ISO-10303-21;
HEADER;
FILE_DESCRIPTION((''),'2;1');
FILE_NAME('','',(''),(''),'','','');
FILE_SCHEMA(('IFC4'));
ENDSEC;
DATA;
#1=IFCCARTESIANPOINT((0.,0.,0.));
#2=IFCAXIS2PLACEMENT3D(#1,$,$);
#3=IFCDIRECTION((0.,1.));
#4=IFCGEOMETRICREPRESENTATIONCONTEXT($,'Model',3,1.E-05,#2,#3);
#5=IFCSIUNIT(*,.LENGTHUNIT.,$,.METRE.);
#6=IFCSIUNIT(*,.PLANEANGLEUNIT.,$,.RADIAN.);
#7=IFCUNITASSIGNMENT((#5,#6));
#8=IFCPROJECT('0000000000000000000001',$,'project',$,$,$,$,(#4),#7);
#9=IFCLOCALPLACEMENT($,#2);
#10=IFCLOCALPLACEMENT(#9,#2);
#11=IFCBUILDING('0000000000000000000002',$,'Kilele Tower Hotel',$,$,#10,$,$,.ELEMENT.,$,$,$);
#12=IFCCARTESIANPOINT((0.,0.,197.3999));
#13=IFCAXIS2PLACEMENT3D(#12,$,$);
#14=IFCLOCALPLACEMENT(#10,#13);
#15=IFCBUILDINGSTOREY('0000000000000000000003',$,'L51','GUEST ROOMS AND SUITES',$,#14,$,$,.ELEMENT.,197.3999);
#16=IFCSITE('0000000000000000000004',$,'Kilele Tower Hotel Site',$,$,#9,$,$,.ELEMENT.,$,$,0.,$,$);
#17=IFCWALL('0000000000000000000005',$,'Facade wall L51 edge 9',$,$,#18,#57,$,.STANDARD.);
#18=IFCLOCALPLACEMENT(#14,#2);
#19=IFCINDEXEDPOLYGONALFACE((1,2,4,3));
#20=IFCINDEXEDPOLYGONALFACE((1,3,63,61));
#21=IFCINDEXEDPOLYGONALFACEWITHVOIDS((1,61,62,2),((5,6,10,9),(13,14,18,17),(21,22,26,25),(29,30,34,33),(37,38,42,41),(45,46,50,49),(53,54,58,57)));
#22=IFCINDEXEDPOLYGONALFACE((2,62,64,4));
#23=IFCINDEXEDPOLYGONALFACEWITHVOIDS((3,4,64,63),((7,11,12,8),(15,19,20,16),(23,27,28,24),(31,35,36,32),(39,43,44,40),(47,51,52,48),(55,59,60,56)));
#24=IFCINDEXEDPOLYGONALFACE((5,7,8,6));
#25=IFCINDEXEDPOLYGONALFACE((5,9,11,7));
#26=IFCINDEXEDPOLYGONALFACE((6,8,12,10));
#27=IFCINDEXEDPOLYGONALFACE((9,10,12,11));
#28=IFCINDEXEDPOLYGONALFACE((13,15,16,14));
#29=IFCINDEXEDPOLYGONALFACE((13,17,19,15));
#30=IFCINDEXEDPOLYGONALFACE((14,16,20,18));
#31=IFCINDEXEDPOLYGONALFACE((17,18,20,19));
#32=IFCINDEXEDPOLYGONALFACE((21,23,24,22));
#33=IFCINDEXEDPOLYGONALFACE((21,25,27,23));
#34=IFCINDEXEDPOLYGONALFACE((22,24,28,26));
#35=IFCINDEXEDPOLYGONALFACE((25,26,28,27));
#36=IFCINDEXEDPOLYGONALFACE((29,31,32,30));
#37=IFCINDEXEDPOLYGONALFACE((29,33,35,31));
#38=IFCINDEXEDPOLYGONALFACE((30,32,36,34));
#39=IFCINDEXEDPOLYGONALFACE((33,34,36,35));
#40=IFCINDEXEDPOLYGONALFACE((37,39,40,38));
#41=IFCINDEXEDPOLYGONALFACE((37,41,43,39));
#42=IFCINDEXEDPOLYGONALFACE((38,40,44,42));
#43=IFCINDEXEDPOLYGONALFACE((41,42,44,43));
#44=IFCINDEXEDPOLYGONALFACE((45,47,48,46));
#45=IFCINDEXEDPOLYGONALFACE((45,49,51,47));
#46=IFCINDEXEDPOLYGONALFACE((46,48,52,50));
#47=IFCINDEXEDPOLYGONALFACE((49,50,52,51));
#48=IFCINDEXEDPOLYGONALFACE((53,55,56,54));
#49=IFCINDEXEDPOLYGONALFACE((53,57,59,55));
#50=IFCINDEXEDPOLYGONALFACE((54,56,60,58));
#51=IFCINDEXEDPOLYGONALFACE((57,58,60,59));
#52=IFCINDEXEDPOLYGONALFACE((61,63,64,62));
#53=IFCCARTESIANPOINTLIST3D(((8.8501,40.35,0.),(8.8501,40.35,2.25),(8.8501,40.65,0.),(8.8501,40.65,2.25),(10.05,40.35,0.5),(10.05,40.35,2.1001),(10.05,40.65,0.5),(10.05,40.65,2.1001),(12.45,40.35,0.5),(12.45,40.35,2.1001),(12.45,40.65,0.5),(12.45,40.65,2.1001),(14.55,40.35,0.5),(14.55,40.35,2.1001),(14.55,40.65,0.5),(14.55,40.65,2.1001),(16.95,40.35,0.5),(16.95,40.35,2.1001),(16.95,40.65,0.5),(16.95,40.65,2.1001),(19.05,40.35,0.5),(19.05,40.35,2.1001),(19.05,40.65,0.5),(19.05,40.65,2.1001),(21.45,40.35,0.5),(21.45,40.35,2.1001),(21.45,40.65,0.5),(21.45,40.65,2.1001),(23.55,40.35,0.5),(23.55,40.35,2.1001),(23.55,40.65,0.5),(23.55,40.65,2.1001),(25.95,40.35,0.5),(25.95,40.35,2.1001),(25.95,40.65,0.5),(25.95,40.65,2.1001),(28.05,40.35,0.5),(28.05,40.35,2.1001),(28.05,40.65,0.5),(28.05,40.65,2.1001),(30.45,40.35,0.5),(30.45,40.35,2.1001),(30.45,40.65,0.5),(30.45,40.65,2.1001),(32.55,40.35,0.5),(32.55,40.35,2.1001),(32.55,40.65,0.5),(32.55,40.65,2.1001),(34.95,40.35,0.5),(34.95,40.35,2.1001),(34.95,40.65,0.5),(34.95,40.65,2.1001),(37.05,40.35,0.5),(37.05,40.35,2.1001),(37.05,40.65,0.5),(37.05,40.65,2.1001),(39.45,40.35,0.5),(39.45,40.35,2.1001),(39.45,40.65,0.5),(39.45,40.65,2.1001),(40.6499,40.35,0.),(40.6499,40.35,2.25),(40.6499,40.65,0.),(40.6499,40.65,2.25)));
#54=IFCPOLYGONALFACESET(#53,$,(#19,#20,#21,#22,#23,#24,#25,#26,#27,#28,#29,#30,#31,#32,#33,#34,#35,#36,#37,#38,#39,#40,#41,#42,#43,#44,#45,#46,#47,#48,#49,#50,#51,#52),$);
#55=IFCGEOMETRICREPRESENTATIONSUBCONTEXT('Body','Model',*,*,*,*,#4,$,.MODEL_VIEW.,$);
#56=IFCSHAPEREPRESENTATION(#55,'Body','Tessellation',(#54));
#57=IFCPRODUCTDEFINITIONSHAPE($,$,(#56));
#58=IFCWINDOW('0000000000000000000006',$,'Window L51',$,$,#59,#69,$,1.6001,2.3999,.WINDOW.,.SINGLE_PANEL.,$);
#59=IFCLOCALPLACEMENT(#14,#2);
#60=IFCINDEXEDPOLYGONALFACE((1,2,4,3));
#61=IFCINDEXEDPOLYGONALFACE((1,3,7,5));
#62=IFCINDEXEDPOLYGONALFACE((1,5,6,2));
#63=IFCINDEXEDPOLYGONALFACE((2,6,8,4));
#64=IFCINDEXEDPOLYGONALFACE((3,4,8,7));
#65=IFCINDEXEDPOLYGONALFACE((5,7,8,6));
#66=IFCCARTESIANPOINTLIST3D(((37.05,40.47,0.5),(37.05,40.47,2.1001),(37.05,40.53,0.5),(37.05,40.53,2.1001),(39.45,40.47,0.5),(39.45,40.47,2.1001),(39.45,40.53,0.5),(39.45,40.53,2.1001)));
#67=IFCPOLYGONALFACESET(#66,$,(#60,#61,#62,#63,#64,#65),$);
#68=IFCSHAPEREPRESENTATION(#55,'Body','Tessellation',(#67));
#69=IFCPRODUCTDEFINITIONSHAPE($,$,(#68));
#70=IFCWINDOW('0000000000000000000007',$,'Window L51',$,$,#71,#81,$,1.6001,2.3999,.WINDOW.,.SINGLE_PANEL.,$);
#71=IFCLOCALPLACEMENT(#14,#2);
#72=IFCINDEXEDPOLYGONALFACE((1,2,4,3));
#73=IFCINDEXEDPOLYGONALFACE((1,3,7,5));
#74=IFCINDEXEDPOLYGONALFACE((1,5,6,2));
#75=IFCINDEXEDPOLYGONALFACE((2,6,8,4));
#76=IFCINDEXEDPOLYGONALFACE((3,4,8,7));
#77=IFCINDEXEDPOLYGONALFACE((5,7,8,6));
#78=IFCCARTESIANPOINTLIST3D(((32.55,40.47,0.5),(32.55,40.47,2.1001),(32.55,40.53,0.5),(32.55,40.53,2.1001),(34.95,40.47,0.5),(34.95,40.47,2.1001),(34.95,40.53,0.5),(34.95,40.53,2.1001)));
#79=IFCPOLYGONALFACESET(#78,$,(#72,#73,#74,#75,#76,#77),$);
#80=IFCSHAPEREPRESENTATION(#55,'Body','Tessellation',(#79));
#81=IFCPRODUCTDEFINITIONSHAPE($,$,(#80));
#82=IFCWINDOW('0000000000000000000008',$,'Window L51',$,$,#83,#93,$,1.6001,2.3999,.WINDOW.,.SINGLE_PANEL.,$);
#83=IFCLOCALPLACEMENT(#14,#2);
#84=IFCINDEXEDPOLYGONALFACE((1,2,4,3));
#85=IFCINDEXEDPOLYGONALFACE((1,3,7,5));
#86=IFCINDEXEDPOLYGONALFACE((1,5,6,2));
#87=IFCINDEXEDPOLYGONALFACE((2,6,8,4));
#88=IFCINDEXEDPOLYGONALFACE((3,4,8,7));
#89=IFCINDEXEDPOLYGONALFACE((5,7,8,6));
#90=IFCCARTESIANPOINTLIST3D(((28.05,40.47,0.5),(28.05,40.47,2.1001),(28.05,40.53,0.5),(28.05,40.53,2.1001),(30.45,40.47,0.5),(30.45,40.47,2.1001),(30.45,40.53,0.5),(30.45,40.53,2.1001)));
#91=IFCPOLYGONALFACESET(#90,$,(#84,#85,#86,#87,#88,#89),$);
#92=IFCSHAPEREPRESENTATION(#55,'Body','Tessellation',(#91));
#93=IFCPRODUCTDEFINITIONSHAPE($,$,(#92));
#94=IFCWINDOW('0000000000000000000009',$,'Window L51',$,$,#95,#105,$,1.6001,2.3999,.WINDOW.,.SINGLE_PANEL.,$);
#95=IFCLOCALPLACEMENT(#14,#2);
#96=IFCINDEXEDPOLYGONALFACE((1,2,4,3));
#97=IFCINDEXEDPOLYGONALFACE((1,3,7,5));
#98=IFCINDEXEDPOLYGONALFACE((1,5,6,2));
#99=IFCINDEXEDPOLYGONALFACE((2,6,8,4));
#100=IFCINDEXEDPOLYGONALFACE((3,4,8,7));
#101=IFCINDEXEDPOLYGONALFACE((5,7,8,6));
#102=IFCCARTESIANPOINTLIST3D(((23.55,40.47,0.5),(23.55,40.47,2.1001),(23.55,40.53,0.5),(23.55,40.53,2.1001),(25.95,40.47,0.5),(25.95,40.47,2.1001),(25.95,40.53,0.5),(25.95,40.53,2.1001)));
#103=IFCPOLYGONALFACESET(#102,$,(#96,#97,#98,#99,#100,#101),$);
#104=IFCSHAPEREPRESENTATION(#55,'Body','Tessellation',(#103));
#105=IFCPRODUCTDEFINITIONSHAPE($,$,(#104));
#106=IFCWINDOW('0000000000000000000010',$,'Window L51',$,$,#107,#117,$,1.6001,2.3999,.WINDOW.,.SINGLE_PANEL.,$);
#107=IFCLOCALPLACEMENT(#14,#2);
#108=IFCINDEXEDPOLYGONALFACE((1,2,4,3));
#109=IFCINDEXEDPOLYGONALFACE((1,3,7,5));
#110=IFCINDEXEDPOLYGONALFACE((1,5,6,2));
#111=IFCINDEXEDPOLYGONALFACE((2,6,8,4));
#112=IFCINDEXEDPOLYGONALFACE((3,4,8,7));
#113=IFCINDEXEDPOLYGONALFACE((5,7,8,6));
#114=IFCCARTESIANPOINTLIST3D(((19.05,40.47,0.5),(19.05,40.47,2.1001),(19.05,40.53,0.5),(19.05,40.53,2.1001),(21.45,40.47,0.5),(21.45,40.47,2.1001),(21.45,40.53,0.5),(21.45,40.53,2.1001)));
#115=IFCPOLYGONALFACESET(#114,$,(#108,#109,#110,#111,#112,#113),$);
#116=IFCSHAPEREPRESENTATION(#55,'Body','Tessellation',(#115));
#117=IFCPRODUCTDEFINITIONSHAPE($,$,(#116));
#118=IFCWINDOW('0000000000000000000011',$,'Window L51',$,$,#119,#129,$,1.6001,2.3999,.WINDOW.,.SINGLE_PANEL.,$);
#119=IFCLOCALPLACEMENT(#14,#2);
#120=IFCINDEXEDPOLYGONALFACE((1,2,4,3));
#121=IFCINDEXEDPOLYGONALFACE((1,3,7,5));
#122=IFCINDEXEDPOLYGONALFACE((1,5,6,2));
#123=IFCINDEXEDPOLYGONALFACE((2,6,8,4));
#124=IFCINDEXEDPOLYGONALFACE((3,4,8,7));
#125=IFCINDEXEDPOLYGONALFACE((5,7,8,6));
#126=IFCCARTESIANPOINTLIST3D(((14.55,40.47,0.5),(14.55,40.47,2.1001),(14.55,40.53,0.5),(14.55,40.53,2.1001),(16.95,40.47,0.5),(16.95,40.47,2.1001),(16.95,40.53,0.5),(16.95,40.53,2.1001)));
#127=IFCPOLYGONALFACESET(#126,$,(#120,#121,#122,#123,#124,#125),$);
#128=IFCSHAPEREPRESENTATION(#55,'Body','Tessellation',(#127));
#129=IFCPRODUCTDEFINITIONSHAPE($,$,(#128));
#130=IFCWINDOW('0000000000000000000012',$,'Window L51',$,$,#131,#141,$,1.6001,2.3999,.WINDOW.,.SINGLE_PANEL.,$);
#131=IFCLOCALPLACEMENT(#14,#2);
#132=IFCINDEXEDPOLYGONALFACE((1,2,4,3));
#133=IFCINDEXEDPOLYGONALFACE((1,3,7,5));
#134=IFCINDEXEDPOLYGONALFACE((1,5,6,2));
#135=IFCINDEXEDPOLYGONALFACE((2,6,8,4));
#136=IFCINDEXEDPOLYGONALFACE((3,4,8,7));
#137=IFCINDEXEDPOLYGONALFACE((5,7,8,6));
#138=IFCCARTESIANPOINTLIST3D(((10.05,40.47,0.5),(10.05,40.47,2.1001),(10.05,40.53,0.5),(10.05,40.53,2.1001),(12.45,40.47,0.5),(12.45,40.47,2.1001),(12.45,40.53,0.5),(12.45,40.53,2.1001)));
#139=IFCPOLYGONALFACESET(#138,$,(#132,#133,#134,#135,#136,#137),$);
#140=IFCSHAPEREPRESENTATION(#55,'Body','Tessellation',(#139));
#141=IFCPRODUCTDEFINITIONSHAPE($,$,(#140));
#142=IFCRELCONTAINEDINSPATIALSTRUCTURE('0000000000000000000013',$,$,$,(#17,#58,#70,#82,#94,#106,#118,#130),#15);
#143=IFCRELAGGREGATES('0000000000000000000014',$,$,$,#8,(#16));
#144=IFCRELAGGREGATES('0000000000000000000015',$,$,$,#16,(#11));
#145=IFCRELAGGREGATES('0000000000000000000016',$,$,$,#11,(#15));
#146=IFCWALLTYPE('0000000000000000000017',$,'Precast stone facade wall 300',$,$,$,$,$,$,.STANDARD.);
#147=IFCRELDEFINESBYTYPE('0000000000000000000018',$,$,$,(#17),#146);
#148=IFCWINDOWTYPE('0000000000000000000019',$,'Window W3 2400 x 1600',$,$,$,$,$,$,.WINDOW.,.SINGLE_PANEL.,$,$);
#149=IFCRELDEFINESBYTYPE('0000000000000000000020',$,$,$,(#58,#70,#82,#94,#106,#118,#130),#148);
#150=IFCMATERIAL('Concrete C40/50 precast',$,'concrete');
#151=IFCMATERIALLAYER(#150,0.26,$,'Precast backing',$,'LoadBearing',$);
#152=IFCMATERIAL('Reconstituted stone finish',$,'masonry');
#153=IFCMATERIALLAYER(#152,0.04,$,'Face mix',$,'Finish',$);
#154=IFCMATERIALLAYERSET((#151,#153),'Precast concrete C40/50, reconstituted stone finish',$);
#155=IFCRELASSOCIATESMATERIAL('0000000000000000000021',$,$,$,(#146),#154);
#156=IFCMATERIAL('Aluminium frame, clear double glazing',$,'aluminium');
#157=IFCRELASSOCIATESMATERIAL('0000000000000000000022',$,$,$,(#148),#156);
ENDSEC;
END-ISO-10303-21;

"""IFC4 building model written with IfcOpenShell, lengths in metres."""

from ifc_helpers import new_model, si_unit, direction, frame, frame_2d, origin, place, context, subcontext, project, spatial, rectangle, extrude, material, layer, layer_set, type_object, element, fill, save


model = new_model("IFC4")

# Units and contexts
model_context = context("Model", 3, precision=1e-05, world=origin(), true_north=direction((0.0, 1.0)))
body_context = subcontext(model_context, "Body", "Model", "MODEL_VIEW")
ifc_project = project(units=[si_unit("LENGTHUNIT", "METRE"), si_unit("PLANEANGLEUNIT", "RADIAN")], contexts=[model_context])

# Site, building, storey
site_placement = place(None, origin())
site = spatial("IfcSite", under=ifc_project, at=site_placement, Name="Kilele Tower Hotel Site", CompositionType="ELEMENT", RefElevation=0.0)
building_placement = place(site_placement, origin())
building = spatial("IfcBuilding", under=site, at=building_placement, Name="Kilele Tower Hotel", CompositionType="ELEMENT")
storey_placement = place(building_placement, frame((0.0, 0.0, 197.3999)))
storey = spatial("IfcBuildingStorey", under=building, at=storey_placement, Name="L51", Description="GUEST ROOMS AND SUITES", CompositionType="ELEMENT", Elevation=197.3999)

# Shared definitions
ifc_material_1 = material(Name="Concrete C40/50 precast", Category="concrete")
ifc_layer_1 = layer(ifc_material_1, 0.26, Name="Precast backing", Category="LoadBearing")
ifc_material_2 = material(Name="Reconstituted stone finish", Category="masonry")
ifc_layer_2 = layer(ifc_material_2, 0.04, Name="Face mix", Category="Finish")
ifc_layer_set_1 = layer_set([ifc_layer_1, ifc_layer_2], Name="Precast concrete C40/50, reconstituted stone finish")
wall_type_1 = type_object("IfcWallType", Name="Precast stone facade wall 300", PredefinedType="STANDARD", material=ifc_layer_set_1)
ifc_material_3 = material(Name="Aluminium frame, clear double glazing", Category="aluminium")
window_type = type_object("IfcWindowType", Name="Window W3 2400 x 1600", PartitioningType="SINGLE_PANEL", PredefinedType="WINDOW", material=ifc_material_3)

# Wall, openings, windows
wall_1_placement = place(storey_placement, frame((40.6499, 40.5, 0.0), z_axis=(0.0, 0.0, 1.0), x_axis=(-1.0, 0.0, 0.0)))
wall_1 = element("IfcWall", 1, at=wall_1_placement, inside=storey, type_object=wall_type_1, Name="Facade wall L51 edge 9", PredefinedType="STANDARD", context=body_context, shape_type="SweptSolid", body=[
    extrude(rectangle(XDim=31.7998, YDim=0.3, at=frame_2d((15.8999, 0.0))), origin(), (0.0, 0.0, 1.0), 2.25),
])
opening_1_placement = place(wall_1_placement, frame((1.2, 0.0, 0.5)))
opening_1 = element("IfcOpeningElement", 2, at=opening_1_placement, cuts=wall_1, PredefinedType="OPENING", context=body_context, shape_type="SweptSolid", body=[
    extrude(rectangle(XDim=2.3999, YDim=1.6001, at=frame_2d((1.2, 0.8))), frame((0.0, 0.1599, 0.0), z_axis=(0.0, -1.0, 0.0), x_axis=(1.0, 0.0, 0.0)), (0.0, 0.0, 1.0), 0.3201),
])
opening_2_placement = place(wall_1_placement, frame((5.7, 0.0, 0.5)))
opening_2 = element("IfcOpeningElement", 3, at=opening_2_placement, cuts=wall_1, PredefinedType="OPENING", context=body_context, shape_type="SweptSolid", body=[
    extrude(rectangle(XDim=2.3999, YDim=1.6001, at=frame_2d((1.2, 0.8))), frame((0.0, 0.1599, 0.0), z_axis=(0.0, -1.0, 0.0), x_axis=(1.0, 0.0, 0.0)), (0.0, 0.0, 1.0), 0.3201),
])
opening_3_placement = place(wall_1_placement, frame((10.2, 0.0, 0.5)))
opening_3 = element("IfcOpeningElement", 4, at=opening_3_placement, cuts=wall_1, PredefinedType="OPENING", context=body_context, shape_type="SweptSolid", body=[
    extrude(rectangle(XDim=2.3999, YDim=1.6001, at=frame_2d((1.2, 0.8))), frame((0.0, 0.1599, 0.0), z_axis=(0.0, -1.0, 0.0), x_axis=(1.0, 0.0, 0.0)), (0.0, 0.0, 1.0), 0.3201),
])
opening_4_placement = place(wall_1_placement, frame((14.7, 0.0, 0.5)))
opening_4 = element("IfcOpeningElement", 5, at=opening_4_placement, cuts=wall_1, PredefinedType="OPENING", context=body_context, shape_type="SweptSolid", body=[
    extrude(rectangle(XDim=2.3999, YDim=1.6001, at=frame_2d((1.2, 0.8))), frame((0.0, 0.1599, 0.0), z_axis=(0.0, -1.0, 0.0), x_axis=(1.0, 0.0, 0.0)), (0.0, 0.0, 1.0), 0.3201),
])
opening_5_placement = place(wall_1_placement, frame((19.2, 0.0, 0.5)))
opening_5 = element("IfcOpeningElement", 6, at=opening_5_placement, cuts=wall_1, PredefinedType="OPENING", context=body_context, shape_type="SweptSolid", body=[
    extrude(rectangle(XDim=2.3999, YDim=1.6001, at=frame_2d((1.2, 0.8))), frame((0.0, 0.1599, 0.0), z_axis=(0.0, -1.0, 0.0), x_axis=(1.0, 0.0, 0.0)), (0.0, 0.0, 1.0), 0.3201),
])
opening_6_placement = place(wall_1_placement, frame((23.7, 0.0, 0.5)))
opening_6 = element("IfcOpeningElement", 7, at=opening_6_placement, cuts=wall_1, PredefinedType="OPENING", context=body_context, shape_type="SweptSolid", body=[
    extrude(rectangle(XDim=2.3999, YDim=1.6001, at=frame_2d((1.2, 0.8))), frame((0.0, 0.1599, 0.0), z_axis=(0.0, -1.0, 0.0), x_axis=(1.0, 0.0, 0.0)), (0.0, 0.0, 1.0), 0.3201),
])
opening_7_placement = place(wall_1_placement, frame((28.2, 0.0, 0.5)))
opening_7 = element("IfcOpeningElement", 8, at=opening_7_placement, cuts=wall_1, PredefinedType="OPENING", context=body_context, shape_type="SweptSolid", body=[
    extrude(rectangle(XDim=2.3999, YDim=1.6001, at=frame_2d((1.2, 0.8))), frame((0.0, 0.1599, 0.0), z_axis=(0.0, -1.0, 0.0), x_axis=(1.0, 0.0, 0.0)), (0.0, 0.0, 1.0), 0.3201),
])
window_1_placement = place(opening_1_placement, origin())
window_1 = element("IfcWindow", 9, at=window_1_placement, inside=storey, type_object=window_type, Name="Window L51", OverallHeight=1.6001, OverallWidth=2.3999, PartitioningType="SINGLE_PANEL", PredefinedType="WINDOW", context=body_context, shape_type="SweptSolid", body=[
    extrude(rectangle(XDim=2.3999, YDim=1.6001, at=frame_2d((1.2, 0.8))), frame((0.0, 0.03, 0.0), z_axis=(0.0, -1.0, 0.0), x_axis=(1.0, 0.0, 0.0)), (0.0, 0.0, 1.0), 0.0601),
])
fill(opening_1, window_1)
window_2_placement = place(opening_2_placement, origin())
window_2 = element("IfcWindow", 10, at=window_2_placement, inside=storey, type_object=window_type, Name="Window L51", OverallHeight=1.6001, OverallWidth=2.3999, PartitioningType="SINGLE_PANEL", PredefinedType="WINDOW", context=body_context, shape_type="SweptSolid", body=[
    extrude(rectangle(XDim=2.3999, YDim=1.6001, at=frame_2d((1.2, 0.8))), frame((0.0, 0.03, 0.0), z_axis=(0.0, -1.0, 0.0), x_axis=(1.0, 0.0, 0.0)), (0.0, 0.0, 1.0), 0.0601),
])
fill(opening_2, window_2)
window_3_placement = place(opening_3_placement, origin())
window_3 = element("IfcWindow", 11, at=window_3_placement, inside=storey, type_object=window_type, Name="Window L51", OverallHeight=1.6001, OverallWidth=2.3999, PartitioningType="SINGLE_PANEL", PredefinedType="WINDOW", context=body_context, shape_type="SweptSolid", body=[
    extrude(rectangle(XDim=2.3999, YDim=1.6001, at=frame_2d((1.2, 0.8))), frame((0.0, 0.03, 0.0), z_axis=(0.0, -1.0, 0.0), x_axis=(1.0, 0.0, 0.0)), (0.0, 0.0, 1.0), 0.0601),
])
fill(opening_3, window_3)
window_4_placement = place(opening_4_placement, origin())
window_4 = element("IfcWindow", 12, at=window_4_placement, inside=storey, type_object=window_type, Name="Window L51", OverallHeight=1.6001, OverallWidth=2.3999, PartitioningType="SINGLE_PANEL", PredefinedType="WINDOW", context=body_context, shape_type="SweptSolid", body=[
    extrude(rectangle(XDim=2.3999, YDim=1.6001, at=frame_2d((1.2, 0.8))), frame((0.0, 0.03, 0.0), z_axis=(0.0, -1.0, 0.0), x_axis=(1.0, 0.0, 0.0)), (0.0, 0.0, 1.0), 0.0601),
])
fill(opening_4, window_4)
window_5_placement = place(opening_5_placement, origin())
window_5 = element("IfcWindow", 13, at=window_5_placement, inside=storey, type_object=window_type, Name="Window L51", OverallHeight=1.6001, OverallWidth=2.3999, PartitioningType="SINGLE_PANEL", PredefinedType="WINDOW", context=body_context, shape_type="SweptSolid", body=[
    extrude(rectangle(XDim=2.3999, YDim=1.6001, at=frame_2d((1.2, 0.8))), frame((0.0, 0.03, 0.0), z_axis=(0.0, -1.0, 0.0), x_axis=(1.0, 0.0, 0.0)), (0.0, 0.0, 1.0), 0.0601),
])
fill(opening_5, window_5)
window_6_placement = place(opening_6_placement, origin())
window_6 = element("IfcWindow", 14, at=window_6_placement, inside=storey, type_object=window_type, Name="Window L51", OverallHeight=1.6001, OverallWidth=2.3999, PartitioningType="SINGLE_PANEL", PredefinedType="WINDOW", context=body_context, shape_type="SweptSolid", body=[
    extrude(rectangle(XDim=2.3999, YDim=1.6001, at=frame_2d((1.2, 0.8))), frame((0.0, 0.03, 0.0), z_axis=(0.0, -1.0, 0.0), x_axis=(1.0, 0.0, 0.0)), (0.0, 0.0, 1.0), 0.0601),
])
fill(opening_6, window_6)
window_7_placement = place(opening_7_placement, origin())
window_7 = element("IfcWindow", 15, at=window_7_placement, inside=storey, type_object=window_type, Name="Window L51", OverallHeight=1.6001, OverallWidth=2.3999, PartitioningType="SINGLE_PANEL", PredefinedType="WINDOW", context=body_context, shape_type="SweptSolid", body=[
    extrude(rectangle(XDim=2.3999, YDim=1.6001, at=frame_2d((1.2, 0.8))), frame((0.0, 0.03, 0.0), z_axis=(0.0, -1.0, 0.0), x_axis=(1.0, 0.0, 0.0)), (0.0, 0.0, 1.0), 0.0601),
])
fill(opening_7, window_7)

save(model, "model.ifc")
